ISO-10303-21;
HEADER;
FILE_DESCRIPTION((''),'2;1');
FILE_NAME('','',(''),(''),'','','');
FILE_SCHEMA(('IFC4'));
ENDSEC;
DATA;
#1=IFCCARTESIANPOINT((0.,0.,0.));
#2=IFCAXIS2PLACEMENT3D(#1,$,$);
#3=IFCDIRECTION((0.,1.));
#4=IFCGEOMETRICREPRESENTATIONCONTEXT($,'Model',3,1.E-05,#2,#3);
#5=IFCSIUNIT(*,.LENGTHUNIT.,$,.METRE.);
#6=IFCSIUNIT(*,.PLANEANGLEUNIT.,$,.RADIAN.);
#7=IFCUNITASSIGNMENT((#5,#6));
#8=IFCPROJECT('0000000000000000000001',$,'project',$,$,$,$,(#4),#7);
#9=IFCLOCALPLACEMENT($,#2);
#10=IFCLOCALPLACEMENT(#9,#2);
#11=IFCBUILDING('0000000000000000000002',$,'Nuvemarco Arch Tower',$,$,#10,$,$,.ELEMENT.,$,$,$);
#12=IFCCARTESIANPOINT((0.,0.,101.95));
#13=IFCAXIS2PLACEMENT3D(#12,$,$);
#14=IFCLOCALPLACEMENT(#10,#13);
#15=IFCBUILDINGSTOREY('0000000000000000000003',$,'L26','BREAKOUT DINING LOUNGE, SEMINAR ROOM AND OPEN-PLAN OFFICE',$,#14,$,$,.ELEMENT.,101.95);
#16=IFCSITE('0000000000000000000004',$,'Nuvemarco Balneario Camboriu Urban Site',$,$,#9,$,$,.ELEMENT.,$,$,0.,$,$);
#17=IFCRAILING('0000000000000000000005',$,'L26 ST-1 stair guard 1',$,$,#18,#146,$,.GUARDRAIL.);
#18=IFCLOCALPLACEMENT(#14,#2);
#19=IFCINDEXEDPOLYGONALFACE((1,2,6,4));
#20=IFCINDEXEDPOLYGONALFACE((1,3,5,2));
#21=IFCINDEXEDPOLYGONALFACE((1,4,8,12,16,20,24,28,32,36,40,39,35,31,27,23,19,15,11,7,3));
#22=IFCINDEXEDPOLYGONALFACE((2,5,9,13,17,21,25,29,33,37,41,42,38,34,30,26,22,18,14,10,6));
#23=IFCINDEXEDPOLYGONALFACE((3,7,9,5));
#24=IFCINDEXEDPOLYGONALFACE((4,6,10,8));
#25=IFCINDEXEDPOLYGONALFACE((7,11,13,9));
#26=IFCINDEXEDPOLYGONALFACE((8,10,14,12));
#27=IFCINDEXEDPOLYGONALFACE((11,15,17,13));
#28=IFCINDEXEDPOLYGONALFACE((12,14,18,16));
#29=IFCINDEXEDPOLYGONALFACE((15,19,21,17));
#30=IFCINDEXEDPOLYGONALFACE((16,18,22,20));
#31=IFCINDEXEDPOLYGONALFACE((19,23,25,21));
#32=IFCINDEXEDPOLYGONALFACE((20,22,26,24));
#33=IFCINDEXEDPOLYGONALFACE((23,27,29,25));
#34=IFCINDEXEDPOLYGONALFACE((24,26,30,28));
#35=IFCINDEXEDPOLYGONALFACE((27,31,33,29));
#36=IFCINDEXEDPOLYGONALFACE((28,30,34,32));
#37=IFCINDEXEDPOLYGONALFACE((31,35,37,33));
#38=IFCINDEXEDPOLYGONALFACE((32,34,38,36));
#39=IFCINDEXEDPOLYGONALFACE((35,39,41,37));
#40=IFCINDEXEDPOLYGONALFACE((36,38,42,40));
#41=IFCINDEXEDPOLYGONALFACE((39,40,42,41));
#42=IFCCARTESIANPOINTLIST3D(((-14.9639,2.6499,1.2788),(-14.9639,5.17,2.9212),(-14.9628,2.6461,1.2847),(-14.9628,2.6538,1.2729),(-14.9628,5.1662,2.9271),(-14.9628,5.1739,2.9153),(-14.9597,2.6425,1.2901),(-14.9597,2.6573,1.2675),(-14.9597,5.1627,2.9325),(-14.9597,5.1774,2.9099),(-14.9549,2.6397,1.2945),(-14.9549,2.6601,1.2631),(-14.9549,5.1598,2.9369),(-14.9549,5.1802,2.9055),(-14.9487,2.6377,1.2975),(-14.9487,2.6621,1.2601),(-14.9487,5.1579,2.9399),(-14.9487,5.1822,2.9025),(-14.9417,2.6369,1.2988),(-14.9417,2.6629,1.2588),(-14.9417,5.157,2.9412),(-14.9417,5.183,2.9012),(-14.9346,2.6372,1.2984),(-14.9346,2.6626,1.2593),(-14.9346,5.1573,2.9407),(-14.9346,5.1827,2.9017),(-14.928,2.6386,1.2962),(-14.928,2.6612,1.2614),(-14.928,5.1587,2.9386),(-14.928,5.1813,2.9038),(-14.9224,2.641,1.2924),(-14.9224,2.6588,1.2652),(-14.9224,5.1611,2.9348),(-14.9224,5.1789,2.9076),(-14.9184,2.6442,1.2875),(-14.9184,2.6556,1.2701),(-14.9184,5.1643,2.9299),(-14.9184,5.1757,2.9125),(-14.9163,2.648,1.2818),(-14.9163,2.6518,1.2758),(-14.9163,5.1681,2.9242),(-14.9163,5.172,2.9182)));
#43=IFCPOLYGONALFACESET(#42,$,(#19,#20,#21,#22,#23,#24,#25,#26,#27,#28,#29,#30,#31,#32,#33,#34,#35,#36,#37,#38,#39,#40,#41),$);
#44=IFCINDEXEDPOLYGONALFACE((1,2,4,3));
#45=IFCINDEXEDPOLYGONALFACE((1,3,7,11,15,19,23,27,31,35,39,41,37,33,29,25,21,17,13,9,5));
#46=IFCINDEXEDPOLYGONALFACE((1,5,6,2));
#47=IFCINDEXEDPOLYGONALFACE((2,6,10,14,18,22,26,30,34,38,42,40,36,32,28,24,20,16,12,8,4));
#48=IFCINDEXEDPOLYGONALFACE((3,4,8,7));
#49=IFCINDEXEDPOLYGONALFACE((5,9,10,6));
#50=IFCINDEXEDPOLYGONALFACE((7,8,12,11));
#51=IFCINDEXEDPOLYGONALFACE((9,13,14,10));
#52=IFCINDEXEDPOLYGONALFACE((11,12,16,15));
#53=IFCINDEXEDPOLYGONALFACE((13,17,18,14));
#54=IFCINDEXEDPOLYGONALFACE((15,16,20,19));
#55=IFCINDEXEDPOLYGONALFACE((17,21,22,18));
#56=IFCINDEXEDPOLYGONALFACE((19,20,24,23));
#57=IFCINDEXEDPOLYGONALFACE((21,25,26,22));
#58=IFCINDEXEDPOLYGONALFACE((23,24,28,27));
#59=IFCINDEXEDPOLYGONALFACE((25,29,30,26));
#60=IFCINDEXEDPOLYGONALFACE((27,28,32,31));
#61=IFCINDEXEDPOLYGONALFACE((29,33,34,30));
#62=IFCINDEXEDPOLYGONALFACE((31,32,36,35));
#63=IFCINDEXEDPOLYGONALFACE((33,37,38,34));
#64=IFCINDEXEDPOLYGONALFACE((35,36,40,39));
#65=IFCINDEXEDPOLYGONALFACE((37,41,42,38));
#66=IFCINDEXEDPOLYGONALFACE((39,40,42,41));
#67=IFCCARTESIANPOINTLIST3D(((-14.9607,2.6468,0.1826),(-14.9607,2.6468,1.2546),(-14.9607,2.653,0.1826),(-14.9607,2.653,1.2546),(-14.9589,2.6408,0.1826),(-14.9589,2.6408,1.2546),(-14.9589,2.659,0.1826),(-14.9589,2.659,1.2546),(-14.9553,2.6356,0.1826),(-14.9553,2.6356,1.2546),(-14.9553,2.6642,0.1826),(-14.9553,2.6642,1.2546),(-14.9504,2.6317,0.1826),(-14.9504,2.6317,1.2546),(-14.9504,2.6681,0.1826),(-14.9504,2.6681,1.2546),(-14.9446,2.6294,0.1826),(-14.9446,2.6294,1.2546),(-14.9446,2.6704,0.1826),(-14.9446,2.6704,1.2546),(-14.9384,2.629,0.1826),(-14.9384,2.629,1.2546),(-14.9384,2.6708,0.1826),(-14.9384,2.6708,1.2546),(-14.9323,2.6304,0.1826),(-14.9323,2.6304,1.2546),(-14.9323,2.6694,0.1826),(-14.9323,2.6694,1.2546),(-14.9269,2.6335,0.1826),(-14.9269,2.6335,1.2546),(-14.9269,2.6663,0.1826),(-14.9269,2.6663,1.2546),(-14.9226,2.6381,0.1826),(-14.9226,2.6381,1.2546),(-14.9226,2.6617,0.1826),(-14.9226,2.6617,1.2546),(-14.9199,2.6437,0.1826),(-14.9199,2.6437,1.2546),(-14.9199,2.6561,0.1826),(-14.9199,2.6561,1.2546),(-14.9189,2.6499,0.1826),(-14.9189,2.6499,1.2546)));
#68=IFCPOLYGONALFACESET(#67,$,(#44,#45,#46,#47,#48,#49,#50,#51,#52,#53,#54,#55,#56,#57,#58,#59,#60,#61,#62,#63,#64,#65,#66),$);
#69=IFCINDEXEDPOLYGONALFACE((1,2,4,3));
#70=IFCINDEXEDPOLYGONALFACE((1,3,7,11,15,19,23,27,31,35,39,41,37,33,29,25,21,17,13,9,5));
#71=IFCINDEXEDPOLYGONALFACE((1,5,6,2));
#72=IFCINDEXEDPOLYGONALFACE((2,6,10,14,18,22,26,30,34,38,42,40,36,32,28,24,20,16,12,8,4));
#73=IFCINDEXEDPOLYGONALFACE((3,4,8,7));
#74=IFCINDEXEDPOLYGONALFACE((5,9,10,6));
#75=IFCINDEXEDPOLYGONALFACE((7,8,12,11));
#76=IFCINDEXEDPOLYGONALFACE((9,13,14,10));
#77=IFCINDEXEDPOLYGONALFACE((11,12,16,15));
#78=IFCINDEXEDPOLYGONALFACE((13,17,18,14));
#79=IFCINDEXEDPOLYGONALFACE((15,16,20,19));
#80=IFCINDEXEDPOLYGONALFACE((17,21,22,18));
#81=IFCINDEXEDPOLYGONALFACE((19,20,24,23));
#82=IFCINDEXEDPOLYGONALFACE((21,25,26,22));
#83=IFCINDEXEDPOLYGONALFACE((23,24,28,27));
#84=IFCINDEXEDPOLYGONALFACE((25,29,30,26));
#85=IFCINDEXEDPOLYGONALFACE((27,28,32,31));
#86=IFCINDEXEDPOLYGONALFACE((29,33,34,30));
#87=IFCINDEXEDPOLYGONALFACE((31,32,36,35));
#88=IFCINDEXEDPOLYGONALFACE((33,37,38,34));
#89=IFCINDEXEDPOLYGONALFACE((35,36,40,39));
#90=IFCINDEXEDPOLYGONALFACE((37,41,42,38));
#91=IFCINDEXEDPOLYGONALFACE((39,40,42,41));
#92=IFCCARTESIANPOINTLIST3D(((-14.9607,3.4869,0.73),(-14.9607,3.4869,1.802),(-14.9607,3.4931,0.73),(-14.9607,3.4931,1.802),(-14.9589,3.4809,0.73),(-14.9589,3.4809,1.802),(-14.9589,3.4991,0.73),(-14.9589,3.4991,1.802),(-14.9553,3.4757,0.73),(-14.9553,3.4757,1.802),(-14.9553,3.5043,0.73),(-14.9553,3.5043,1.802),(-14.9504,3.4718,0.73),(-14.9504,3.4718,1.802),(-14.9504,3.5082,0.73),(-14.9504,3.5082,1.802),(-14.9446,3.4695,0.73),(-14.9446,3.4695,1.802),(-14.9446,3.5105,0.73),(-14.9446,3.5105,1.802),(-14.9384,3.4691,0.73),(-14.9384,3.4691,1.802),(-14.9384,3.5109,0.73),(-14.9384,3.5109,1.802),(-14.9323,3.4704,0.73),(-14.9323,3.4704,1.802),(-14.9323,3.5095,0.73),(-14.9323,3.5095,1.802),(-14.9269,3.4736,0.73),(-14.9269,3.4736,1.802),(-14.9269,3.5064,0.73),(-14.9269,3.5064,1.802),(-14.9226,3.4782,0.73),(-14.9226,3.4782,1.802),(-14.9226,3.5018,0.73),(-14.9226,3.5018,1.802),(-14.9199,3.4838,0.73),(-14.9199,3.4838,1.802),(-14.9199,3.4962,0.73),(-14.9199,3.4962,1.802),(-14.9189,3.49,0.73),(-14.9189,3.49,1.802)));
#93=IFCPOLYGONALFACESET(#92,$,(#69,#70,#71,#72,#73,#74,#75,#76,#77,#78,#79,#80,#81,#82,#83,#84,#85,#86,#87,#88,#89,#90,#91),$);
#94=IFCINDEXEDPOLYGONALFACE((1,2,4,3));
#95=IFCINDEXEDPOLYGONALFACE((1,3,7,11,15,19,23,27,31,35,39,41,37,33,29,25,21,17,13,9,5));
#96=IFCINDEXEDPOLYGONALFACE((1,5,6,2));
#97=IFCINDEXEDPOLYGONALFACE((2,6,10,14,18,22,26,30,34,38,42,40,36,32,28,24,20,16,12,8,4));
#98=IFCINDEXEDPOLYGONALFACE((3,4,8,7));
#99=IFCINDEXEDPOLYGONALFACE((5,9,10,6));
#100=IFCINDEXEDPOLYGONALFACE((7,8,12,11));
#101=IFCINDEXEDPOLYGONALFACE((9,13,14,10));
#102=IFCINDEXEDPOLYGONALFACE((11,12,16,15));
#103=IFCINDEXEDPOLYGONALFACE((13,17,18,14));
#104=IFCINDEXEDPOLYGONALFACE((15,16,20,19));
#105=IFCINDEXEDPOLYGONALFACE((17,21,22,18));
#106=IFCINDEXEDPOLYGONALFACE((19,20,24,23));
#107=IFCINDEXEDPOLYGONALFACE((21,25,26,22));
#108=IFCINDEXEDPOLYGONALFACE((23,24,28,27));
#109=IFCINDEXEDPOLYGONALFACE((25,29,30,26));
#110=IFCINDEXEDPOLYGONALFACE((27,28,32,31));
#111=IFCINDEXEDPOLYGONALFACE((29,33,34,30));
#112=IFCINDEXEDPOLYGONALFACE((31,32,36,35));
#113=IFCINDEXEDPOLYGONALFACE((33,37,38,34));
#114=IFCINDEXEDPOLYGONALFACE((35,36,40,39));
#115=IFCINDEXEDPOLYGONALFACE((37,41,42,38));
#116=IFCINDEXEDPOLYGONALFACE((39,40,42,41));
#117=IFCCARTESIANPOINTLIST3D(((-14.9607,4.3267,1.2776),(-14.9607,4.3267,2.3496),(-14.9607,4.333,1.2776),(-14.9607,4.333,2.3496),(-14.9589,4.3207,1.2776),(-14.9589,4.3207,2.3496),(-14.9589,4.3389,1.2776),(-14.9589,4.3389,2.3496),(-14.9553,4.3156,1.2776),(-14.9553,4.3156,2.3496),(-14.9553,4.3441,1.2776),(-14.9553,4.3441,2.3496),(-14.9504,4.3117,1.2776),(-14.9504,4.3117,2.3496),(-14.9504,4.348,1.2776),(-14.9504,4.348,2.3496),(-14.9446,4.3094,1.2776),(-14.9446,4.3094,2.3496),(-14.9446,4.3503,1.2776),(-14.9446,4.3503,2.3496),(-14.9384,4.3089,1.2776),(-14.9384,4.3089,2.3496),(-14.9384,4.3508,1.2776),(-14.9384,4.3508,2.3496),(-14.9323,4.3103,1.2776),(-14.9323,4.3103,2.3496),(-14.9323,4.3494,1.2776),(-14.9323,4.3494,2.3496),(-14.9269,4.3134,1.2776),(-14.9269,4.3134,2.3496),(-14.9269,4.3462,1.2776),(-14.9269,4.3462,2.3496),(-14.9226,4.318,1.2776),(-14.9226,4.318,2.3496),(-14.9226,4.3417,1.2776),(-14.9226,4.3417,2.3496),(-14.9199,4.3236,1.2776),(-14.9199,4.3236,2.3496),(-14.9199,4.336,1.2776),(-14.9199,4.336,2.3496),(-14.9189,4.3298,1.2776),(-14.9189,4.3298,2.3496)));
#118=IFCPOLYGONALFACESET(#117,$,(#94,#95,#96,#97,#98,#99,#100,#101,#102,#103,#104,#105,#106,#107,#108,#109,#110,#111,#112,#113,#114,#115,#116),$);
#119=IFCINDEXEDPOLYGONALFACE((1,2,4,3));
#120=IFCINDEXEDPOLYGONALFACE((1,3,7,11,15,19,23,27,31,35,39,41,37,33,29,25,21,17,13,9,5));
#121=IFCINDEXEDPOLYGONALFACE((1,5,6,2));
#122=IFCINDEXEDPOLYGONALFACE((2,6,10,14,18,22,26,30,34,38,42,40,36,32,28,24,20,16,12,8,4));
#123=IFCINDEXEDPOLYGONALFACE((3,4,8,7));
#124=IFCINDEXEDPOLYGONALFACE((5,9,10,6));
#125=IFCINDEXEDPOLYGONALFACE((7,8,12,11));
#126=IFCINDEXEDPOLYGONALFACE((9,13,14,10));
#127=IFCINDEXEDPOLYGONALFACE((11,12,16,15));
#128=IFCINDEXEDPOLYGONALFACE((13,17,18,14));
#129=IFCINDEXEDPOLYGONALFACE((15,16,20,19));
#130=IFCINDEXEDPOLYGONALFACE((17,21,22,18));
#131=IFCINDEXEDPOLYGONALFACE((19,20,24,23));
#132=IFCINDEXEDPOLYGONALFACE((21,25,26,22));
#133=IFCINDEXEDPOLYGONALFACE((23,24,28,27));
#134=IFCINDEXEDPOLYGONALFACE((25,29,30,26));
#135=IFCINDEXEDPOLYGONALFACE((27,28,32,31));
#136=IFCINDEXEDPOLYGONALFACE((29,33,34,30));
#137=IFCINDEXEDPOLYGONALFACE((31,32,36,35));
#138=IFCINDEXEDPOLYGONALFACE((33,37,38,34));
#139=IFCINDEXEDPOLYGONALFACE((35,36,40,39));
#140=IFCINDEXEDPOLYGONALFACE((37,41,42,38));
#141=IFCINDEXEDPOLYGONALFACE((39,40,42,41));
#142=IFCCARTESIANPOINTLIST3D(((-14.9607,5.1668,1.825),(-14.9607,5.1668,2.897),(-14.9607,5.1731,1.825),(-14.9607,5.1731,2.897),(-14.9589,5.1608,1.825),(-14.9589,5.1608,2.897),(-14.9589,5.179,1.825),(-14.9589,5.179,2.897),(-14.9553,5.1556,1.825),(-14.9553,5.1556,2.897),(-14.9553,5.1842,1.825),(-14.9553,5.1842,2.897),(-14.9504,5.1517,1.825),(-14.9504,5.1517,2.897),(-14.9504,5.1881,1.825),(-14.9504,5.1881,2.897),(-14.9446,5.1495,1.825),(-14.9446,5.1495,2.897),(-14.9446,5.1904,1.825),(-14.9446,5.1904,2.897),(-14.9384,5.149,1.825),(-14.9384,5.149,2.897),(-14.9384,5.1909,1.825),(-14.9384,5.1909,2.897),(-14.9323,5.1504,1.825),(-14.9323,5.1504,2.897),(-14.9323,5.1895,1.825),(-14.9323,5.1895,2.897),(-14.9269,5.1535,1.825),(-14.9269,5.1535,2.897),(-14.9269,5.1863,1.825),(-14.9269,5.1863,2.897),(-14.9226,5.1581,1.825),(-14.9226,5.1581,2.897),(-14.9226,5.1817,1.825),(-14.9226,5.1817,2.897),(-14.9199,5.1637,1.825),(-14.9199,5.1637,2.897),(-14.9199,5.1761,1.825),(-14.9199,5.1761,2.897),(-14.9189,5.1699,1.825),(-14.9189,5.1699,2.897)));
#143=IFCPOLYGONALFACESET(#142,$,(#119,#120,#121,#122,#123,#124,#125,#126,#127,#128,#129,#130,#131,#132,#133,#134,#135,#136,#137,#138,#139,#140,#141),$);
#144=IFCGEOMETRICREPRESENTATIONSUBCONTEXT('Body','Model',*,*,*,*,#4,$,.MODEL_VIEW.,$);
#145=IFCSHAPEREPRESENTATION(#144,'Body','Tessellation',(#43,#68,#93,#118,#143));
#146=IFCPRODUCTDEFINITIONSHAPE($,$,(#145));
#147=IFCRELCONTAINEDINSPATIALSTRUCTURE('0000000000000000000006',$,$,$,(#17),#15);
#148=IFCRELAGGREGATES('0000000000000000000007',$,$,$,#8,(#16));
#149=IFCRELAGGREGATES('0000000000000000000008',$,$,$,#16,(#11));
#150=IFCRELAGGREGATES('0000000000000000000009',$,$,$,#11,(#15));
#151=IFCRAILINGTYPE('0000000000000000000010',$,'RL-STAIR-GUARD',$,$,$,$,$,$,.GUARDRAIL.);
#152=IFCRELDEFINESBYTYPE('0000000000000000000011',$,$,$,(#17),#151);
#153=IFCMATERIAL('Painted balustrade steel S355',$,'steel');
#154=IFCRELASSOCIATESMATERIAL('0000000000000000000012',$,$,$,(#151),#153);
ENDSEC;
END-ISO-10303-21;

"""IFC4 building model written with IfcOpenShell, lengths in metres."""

from ifc_helpers import new_model, si_unit, direction, frame, origin, origin_2d, place, context, subcontext, project, spatial, circle, extrude, material, type_object, element, save


model = new_model("IFC4")

# Units and contexts
model_context = context("Model", 3, precision=1e-05, world=origin(), true_north=direction((0.0, 1.0)))
body_context = subcontext(model_context, "Body", "Model", "MODEL_VIEW")
ifc_project = project(units=[si_unit("LENGTHUNIT", "METRE"), si_unit("PLANEANGLEUNIT", "RADIAN")], contexts=[model_context])

# Site, building, storey
site_placement = place(None, origin())
site = spatial("IfcSite", under=ifc_project, at=site_placement, Name="Nuvemarco Balneario Camboriu Urban Site", CompositionType="ELEMENT", RefElevation=0.0)
building_placement = place(site_placement, origin())
building = spatial("IfcBuilding", under=site, at=building_placement, Name="Nuvemarco Arch Tower", CompositionType="ELEMENT")
storey_placement = place(building_placement, frame((0.0, 0.0, 101.95)))
storey = spatial("IfcBuildingStorey", under=building, at=storey_placement, Name="L26", Description="BREAKOUT DINING LOUNGE, SEMINAR ROOM AND OPEN-PLAN OFFICE", CompositionType="ELEMENT", Elevation=101.95)

# Railing
ifc_material_1 = material(Name="Painted balustrade steel S355", Category="steel")
railing_type_1 = type_object("IfcRailingType", Name="RL-STAIR-GUARD", PredefinedType="GUARDRAIL", material=ifc_material_1)
railing_1_placement = place(storey_placement, frame((-14.9399, 2.6499, 0.1826)))
element("IfcRailing", 1, at=railing_1_placement, inside=storey, type_object=railing_type_1, Name="L26 ST-1 stair guard 1", PredefinedType="GUARDRAIL", context=body_context, shape_type="SweptSolid", body=[
    extrude(circle(Radius=0.0239, at=origin_2d()), frame((0.0, 0.0, 1.0962), z_axis=(0.0, 0.837787, 0.545998), x_axis=(-1.0, 0.0, 0.0)), (0.0, 0.0, 1.0), 3.0081),
    extrude(circle(Radius=0.021, at=origin_2d()), origin(), (0.0, 0.0, 1.0), 1.072),
    extrude(circle(Radius=0.021, at=origin_2d()), frame((0.0, 0.8401, 0.5474)), (0.0, 0.0, 1.0), 1.072),
    extrude(circle(Radius=0.021, at=origin_2d()), frame((0.0, 1.6799, 1.095)), (0.0, 0.0, 1.0), 1.072),
    extrude(circle(Radius=0.021, at=origin_2d()), frame((0.0, 2.52, 1.6423)), (0.0, 0.0, 1.0), 1.072),
])

save(model, "model.ifc")
